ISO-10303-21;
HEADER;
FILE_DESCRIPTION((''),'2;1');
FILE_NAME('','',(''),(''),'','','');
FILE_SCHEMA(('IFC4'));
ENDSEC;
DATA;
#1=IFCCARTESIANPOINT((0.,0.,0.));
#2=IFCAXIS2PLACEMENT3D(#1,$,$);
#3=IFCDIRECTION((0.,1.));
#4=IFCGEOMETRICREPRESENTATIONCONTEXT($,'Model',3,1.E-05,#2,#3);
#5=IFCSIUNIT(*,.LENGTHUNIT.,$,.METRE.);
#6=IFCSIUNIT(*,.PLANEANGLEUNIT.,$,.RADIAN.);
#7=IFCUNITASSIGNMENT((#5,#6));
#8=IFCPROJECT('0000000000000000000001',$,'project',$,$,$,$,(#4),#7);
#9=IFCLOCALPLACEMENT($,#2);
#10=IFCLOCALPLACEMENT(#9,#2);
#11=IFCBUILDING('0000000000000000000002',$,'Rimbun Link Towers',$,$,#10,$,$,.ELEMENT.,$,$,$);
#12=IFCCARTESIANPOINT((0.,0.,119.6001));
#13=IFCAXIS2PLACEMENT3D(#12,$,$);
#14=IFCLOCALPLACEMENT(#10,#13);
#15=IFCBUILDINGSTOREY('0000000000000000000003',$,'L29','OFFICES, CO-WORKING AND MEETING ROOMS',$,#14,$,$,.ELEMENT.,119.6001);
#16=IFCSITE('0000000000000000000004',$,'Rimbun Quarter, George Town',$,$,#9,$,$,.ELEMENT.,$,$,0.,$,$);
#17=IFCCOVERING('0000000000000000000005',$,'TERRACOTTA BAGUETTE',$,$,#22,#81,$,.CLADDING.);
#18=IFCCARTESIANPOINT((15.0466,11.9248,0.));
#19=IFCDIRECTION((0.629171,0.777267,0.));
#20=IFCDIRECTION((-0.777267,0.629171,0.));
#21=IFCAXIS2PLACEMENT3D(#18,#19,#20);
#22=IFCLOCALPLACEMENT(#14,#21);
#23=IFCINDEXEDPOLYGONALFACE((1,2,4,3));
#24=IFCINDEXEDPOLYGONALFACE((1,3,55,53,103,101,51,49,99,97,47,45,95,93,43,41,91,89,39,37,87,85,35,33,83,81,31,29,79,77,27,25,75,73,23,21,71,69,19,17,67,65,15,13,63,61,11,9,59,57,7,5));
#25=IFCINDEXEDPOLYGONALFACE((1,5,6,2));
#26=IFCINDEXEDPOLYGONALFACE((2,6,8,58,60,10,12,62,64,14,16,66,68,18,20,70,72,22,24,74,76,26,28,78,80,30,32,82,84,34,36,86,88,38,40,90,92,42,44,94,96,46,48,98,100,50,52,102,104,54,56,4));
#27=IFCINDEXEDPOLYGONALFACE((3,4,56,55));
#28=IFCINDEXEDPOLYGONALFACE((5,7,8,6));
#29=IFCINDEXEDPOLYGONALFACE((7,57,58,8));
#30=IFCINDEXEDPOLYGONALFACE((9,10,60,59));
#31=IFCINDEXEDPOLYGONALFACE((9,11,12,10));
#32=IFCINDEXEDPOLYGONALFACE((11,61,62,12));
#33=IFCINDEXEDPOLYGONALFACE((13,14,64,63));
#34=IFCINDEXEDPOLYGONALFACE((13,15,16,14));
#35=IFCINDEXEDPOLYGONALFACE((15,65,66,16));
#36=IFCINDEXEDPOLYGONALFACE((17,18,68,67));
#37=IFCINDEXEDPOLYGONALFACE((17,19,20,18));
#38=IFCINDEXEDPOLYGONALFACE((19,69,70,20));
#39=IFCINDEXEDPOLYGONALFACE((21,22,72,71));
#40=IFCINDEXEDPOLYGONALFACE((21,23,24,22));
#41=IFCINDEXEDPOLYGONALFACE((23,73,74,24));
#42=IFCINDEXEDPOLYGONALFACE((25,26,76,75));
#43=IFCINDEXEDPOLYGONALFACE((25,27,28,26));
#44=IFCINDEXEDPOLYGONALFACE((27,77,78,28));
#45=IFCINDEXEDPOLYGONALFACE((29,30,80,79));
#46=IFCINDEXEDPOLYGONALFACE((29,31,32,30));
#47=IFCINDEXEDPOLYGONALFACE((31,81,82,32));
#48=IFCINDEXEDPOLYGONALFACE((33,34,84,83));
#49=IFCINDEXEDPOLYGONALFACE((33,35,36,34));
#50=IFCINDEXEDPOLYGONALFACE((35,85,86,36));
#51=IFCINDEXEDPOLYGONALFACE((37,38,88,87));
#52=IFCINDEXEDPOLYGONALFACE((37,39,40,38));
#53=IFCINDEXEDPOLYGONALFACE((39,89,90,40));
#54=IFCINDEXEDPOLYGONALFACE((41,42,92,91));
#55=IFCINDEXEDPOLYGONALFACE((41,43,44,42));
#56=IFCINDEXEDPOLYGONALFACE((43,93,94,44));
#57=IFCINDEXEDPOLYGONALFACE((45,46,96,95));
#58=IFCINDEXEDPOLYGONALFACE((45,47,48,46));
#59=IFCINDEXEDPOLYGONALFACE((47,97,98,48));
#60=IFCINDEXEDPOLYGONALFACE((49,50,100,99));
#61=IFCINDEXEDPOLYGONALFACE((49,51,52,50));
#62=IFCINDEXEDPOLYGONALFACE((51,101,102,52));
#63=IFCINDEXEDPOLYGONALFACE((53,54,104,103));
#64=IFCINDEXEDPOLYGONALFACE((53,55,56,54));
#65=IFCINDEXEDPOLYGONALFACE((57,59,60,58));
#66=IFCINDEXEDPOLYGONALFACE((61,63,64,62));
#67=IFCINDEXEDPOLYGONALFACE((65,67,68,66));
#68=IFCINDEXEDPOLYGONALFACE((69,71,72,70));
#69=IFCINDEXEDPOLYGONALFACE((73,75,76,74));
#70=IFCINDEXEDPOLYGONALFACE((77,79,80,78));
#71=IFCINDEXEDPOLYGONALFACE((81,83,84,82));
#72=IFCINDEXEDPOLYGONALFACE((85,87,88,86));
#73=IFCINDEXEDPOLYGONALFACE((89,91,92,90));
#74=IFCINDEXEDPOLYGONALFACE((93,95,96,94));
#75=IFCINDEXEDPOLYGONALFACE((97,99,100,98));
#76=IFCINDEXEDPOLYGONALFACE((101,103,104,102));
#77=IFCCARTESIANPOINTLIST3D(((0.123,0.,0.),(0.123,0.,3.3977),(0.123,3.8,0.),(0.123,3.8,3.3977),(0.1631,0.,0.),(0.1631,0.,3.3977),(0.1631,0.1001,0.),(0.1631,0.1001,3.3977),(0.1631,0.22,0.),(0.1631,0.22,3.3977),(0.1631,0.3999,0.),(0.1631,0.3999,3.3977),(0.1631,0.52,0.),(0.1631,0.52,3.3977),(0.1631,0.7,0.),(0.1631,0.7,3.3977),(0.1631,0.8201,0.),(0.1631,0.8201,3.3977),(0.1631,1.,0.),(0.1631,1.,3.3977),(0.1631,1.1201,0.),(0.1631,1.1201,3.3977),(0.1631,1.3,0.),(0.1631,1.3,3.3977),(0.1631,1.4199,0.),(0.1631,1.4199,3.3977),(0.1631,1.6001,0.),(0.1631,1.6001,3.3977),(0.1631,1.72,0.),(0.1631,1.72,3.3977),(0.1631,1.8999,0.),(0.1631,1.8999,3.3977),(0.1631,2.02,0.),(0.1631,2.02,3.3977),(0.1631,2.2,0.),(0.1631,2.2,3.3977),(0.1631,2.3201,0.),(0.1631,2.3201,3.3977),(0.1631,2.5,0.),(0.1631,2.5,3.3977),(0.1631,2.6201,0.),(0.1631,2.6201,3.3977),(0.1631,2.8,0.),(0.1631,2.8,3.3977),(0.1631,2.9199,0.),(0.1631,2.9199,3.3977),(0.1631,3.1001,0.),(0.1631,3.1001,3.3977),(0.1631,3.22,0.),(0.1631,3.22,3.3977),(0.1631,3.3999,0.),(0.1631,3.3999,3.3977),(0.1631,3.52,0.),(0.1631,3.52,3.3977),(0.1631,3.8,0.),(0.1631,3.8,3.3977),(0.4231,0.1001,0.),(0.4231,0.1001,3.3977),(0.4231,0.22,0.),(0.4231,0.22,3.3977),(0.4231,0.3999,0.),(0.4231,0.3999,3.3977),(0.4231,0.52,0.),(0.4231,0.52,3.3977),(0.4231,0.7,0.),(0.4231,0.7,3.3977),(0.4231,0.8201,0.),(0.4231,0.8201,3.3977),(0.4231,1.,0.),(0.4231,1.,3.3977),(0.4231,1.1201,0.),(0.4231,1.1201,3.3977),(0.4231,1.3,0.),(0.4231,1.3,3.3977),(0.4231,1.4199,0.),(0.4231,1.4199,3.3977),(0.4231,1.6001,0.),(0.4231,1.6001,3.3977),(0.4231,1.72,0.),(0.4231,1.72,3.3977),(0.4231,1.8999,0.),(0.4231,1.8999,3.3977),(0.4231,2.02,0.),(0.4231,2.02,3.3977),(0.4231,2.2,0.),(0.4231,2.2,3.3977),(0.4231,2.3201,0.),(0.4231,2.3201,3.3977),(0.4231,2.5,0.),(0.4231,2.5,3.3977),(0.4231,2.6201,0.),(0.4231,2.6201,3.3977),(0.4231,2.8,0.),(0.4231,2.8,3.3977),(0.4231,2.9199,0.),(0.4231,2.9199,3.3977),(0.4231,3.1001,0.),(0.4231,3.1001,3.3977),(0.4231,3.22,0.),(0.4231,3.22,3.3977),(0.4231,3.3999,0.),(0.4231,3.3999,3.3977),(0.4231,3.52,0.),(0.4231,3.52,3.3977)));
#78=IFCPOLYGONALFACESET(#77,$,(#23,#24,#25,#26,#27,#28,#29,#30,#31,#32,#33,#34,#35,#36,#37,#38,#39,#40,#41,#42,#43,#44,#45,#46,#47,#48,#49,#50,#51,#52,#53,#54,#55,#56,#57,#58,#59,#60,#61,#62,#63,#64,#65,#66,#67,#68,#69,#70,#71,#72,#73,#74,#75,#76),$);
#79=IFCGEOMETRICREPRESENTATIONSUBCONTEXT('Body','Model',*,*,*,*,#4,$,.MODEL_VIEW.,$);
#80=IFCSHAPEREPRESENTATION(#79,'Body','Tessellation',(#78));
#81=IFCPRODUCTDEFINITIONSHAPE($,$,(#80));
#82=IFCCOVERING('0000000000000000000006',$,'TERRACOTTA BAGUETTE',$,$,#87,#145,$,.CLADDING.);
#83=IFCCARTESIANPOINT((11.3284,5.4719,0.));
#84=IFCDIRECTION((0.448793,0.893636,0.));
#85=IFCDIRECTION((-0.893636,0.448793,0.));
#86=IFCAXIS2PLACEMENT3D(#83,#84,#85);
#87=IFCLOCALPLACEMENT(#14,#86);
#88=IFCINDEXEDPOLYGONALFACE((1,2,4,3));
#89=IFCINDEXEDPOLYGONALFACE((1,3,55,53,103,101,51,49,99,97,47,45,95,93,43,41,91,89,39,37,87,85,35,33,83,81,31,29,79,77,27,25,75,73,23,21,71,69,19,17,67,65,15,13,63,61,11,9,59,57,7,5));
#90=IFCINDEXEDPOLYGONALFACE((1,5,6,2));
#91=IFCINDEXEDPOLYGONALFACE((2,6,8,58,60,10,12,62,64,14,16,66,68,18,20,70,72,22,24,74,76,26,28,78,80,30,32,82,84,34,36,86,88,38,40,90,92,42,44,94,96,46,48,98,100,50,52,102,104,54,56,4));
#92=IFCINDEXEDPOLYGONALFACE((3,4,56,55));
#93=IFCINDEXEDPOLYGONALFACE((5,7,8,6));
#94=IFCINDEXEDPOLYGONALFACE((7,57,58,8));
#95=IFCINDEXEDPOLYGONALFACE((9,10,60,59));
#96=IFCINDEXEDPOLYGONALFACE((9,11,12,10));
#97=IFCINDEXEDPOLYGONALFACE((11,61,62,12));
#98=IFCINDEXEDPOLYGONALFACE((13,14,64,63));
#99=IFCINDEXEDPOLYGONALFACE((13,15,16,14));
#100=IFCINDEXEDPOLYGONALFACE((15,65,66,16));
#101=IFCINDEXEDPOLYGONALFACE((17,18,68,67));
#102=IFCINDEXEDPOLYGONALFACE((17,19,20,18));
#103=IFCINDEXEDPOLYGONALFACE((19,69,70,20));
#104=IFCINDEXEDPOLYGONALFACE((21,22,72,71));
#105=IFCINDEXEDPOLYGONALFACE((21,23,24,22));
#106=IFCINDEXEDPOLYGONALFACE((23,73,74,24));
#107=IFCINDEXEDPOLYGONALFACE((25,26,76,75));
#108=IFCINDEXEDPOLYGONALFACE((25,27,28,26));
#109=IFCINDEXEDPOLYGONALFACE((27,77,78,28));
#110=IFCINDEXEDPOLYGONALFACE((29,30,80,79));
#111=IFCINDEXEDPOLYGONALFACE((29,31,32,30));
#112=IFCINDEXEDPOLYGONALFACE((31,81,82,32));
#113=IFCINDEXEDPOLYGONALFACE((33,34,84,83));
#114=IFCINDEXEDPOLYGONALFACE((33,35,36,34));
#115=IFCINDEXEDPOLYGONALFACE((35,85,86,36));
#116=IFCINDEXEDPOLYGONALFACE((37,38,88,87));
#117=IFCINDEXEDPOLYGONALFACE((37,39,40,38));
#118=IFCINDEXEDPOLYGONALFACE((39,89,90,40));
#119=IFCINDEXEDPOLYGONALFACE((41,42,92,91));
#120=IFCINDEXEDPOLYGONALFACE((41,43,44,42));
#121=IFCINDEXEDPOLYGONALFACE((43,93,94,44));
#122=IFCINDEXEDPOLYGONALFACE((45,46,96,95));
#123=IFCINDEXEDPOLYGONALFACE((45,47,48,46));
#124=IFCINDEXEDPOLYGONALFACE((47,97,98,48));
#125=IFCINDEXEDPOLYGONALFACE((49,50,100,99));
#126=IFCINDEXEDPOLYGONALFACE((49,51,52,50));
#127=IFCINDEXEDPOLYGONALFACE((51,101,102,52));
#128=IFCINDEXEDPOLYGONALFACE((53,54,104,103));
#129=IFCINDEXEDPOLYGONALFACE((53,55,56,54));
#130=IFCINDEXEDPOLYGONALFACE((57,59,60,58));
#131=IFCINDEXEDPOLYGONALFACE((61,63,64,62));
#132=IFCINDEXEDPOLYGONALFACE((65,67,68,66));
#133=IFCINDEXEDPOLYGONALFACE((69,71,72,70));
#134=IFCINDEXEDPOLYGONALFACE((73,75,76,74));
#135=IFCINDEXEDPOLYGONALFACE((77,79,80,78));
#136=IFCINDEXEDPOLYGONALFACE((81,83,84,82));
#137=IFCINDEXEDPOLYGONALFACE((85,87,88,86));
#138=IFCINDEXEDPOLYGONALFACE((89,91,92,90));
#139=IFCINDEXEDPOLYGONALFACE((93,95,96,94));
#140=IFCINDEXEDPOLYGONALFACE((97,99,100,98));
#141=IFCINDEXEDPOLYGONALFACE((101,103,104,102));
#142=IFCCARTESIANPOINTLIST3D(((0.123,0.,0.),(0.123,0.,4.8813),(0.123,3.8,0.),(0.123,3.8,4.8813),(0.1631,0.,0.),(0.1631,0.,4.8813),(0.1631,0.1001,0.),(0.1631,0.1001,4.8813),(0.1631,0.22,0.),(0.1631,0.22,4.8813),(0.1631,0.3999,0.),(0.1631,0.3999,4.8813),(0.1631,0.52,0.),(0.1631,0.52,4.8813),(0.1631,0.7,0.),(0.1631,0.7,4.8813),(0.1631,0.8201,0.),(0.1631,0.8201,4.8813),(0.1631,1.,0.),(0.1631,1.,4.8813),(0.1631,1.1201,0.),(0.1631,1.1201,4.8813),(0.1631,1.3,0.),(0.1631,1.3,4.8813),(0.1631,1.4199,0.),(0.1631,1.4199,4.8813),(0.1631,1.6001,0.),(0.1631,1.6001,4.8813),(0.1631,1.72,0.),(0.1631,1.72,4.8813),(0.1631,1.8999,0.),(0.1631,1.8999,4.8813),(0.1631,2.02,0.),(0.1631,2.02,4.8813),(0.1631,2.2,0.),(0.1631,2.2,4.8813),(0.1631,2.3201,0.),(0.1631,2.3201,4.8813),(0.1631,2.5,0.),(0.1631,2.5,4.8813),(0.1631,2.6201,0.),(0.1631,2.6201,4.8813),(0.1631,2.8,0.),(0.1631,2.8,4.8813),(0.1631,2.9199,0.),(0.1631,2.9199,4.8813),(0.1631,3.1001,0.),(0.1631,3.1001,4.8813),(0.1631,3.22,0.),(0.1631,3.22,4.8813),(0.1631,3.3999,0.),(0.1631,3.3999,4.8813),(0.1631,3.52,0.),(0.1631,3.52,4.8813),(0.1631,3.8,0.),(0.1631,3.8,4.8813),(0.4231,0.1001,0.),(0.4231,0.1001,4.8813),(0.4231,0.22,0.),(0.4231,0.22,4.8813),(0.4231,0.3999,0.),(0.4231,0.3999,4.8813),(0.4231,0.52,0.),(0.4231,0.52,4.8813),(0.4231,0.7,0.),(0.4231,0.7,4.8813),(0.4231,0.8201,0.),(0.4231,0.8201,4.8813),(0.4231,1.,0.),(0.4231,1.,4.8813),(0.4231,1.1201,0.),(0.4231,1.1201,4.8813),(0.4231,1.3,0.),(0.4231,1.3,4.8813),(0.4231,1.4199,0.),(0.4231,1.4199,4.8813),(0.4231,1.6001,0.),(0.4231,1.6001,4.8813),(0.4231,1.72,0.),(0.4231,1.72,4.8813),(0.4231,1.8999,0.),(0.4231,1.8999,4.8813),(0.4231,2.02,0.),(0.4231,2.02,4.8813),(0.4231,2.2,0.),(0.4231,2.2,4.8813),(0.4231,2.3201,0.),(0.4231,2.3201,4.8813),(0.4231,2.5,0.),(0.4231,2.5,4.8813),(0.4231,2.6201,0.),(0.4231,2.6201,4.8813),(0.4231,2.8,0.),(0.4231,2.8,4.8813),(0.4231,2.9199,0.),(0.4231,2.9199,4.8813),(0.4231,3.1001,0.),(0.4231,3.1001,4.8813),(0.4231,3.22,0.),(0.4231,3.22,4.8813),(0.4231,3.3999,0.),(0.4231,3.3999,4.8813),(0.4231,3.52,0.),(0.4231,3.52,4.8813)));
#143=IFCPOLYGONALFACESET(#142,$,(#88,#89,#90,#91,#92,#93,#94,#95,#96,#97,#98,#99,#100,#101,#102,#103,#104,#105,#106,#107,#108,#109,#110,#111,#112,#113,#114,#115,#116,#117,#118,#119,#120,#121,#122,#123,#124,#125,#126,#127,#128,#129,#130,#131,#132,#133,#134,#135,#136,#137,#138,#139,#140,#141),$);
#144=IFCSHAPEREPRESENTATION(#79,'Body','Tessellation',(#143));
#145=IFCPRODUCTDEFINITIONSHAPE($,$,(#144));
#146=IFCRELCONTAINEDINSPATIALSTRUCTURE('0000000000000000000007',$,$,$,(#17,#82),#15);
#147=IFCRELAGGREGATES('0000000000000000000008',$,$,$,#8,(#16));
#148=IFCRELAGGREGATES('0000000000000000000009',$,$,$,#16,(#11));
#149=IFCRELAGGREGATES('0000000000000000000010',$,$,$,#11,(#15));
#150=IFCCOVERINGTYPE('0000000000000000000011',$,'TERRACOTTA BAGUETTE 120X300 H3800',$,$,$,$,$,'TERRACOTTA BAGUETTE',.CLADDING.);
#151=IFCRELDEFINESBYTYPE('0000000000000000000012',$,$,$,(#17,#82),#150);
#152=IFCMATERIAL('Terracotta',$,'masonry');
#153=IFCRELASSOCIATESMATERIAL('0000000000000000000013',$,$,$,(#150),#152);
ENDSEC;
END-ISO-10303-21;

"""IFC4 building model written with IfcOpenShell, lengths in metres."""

from ifc_helpers import new_model, si_unit, direction, frame, origin, place, context, subcontext, project, spatial, polyline, outline, extrude, material, material_profile, profile_set, type_object, element, save


model = new_model("IFC4")

# Units and contexts
model_context = context("Model", 3, precision=1e-05, world=origin(), true_north=direction((0.0, 1.0)))
body_context = subcontext(model_context, "Body", "Model", "MODEL_VIEW")
ifc_project = project(units=[si_unit("LENGTHUNIT", "METRE"), si_unit("PLANEANGLEUNIT", "RADIAN")], contexts=[model_context])

# Site, building, storey
site_placement = place(None, origin())
site = spatial("IfcSite", under=ifc_project, at=site_placement, Name="Rimbun Quarter, George Town", CompositionType="ELEMENT", RefElevation=0.0)
building_placement = place(site_placement, origin())
building = spatial("IfcBuilding", under=site, at=building_placement, Name="Rimbun Link Towers", CompositionType="ELEMENT")
storey_placement = place(building_placement, frame((0.0, 0.0, 119.6001)))
storey = spatial("IfcBuildingStorey", under=building, at=storey_placement, Name="L29", Description="OFFICES, CO-WORKING AND MEETING ROOMS", CompositionType="ELEMENT", Elevation=119.6001)

# Coverings
ifc_material_1 = material(Name="Terracotta", Category="masonry")
ifc_material_profile_1 = material_profile(ifc_material_1, outline(polyline([(0.123, 0.0), (0.1631, 0.0), (0.1631, 0.1001), (0.4231, 0.1001), (0.4231, 0.22), (0.1631, 0.22), (0.1631, 0.3999), (0.4231, 0.3999), (0.4231, 0.52), (0.1631, 0.52), (0.1631, 0.7), (0.4231, 0.7), (0.4231, 0.8201), (0.1631, 0.8201), (0.1631, 1.0), (0.4231, 1.0), (0.4231, 1.1201), (0.1631, 1.1201), (0.1631, 1.3), (0.4231, 1.3), (0.4231, 1.4199), (0.1631, 1.4199), (0.1631, 1.6001), (0.4231, 1.6001), (0.4231, 1.72), (0.1631, 1.72), (0.1631, 1.8999), (0.4231, 1.8999), (0.4231, 2.02), (0.1631, 2.02), (0.1631, 2.2), (0.4231, 2.2), (0.4231, 2.3201), (0.1631, 2.3201), (0.1631, 2.5), (0.4231, 2.5), (0.4231, 2.6201), (0.1631, 2.6201), (0.1631, 2.8), (0.4231, 2.8), (0.4231, 2.9199), (0.1631, 2.9199), (0.1631, 3.1001), (0.4231, 3.1001), (0.4231, 3.22), (0.1631, 3.22), (0.1631, 3.3999), (0.4231, 3.3999), (0.4231, 3.52), (0.1631, 3.52), (0.1631, 3.8), (0.123, 3.8), (0.123, 0.0)])), Name="BAGUETTE 120X300")
ifc_profile_set_1 = profile_set([ifc_material_profile_1], Name="Terracotta")
covering_type_1 = type_object("IfcCoveringType", Name="TERRACOTTA BAGUETTE 120X300 H3800", ElementType="TERRACOTTA BAGUETTE", PredefinedType="CLADDING", material=ifc_profile_set_1)
covering_1_placement = place(storey_placement, frame((15.0466, 11.9248, 0.0), z_axis=(0.629171, 0.777267, 0.0), x_axis=(-0.777267, 0.629171, 0.0)))
element("IfcCovering", 1, at=covering_1_placement, inside=storey, type_object=covering_type_1, Name="TERRACOTTA BAGUETTE", PredefinedType="CLADDING", context=body_context, shape_type="SweptSolid", body=[
    extrude(outline(polyline([(0.123, 0.0), (0.1631, 0.0), (0.1631, 0.1001), (0.4231, 0.1001), (0.4231, 0.22), (0.1631, 0.22), (0.1631, 0.3999), (0.4231, 0.3999), (0.4231, 0.52), (0.1631, 0.52), (0.1631, 0.7), (0.4231, 0.7), (0.4231, 0.8201), (0.1631, 0.8201), (0.1631, 1.0), (0.4231, 1.0), (0.4231, 1.1201), (0.1631, 1.1201), (0.1631, 1.3), (0.4231, 1.3), (0.4231, 1.4199), (0.1631, 1.4199), (0.1631, 1.6001), (0.4231, 1.6001), (0.4231, 1.72), (0.1631, 1.72), (0.1631, 1.8999), (0.4231, 1.8999), (0.4231, 2.02), (0.1631, 2.02), (0.1631, 2.2), (0.4231, 2.2), (0.4231, 2.3201), (0.1631, 2.3201), (0.1631, 2.5), (0.4231, 2.5), (0.4231, 2.6201), (0.1631, 2.6201), (0.1631, 2.8), (0.4231, 2.8), (0.4231, 2.9199), (0.1631, 2.9199), (0.1631, 3.1001), (0.4231, 3.1001), (0.4231, 3.22), (0.1631, 3.22), (0.1631, 3.3999), (0.4231, 3.3999), (0.4231, 3.52), (0.1631, 3.52), (0.1631, 3.8), (0.123, 3.8), (0.123, 0.0)])), origin(), (0.0, 0.0, 1.0), 3.3977),
])
covering_2_placement = place(storey_placement, frame((11.3284, 5.4719, 0.0), z_axis=(0.448793, 0.893636, 0.0), x_axis=(-0.893636, 0.448793, 0.0)))
element("IfcCovering", 2, at=covering_2_placement, inside=storey, type_object=covering_type_1, Name="TERRACOTTA BAGUETTE", PredefinedType="CLADDING", context=body_context, shape_type="SweptSolid", body=[
    extrude(outline(polyline([(0.123, 0.0), (0.1631, 0.0), (0.1631, 0.1001), (0.4231, 0.1001), (0.4231, 0.22), (0.1631, 0.22), (0.1631, 0.3999), (0.4231, 0.3999), (0.4231, 0.52), (0.1631, 0.52), (0.1631, 0.7), (0.4231, 0.7), (0.4231, 0.8201), (0.1631, 0.8201), (0.1631, 1.0), (0.4231, 1.0), (0.4231, 1.1201), (0.1631, 1.1201), (0.1631, 1.3), (0.4231, 1.3), (0.4231, 1.4199), (0.1631, 1.4199), (0.1631, 1.6001), (0.4231, 1.6001), (0.4231, 1.72), (0.1631, 1.72), (0.1631, 1.8999), (0.4231, 1.8999), (0.4231, 2.02), (0.1631, 2.02), (0.1631, 2.2), (0.4231, 2.2), (0.4231, 2.3201), (0.1631, 2.3201), (0.1631, 2.5), (0.4231, 2.5), (0.4231, 2.6201), (0.1631, 2.6201), (0.1631, 2.8), (0.4231, 2.8), (0.4231, 2.9199), (0.1631, 2.9199), (0.1631, 3.1001), (0.4231, 3.1001), (0.4231, 3.22), (0.1631, 3.22), (0.1631, 3.3999), (0.4231, 3.3999), (0.4231, 3.52), (0.1631, 3.52), (0.1631, 3.8), (0.123, 3.8), (0.123, 0.0)])), origin(), (0.0, 0.0, 1.0), 4.8813),
])

save(model, "model.ifc")
